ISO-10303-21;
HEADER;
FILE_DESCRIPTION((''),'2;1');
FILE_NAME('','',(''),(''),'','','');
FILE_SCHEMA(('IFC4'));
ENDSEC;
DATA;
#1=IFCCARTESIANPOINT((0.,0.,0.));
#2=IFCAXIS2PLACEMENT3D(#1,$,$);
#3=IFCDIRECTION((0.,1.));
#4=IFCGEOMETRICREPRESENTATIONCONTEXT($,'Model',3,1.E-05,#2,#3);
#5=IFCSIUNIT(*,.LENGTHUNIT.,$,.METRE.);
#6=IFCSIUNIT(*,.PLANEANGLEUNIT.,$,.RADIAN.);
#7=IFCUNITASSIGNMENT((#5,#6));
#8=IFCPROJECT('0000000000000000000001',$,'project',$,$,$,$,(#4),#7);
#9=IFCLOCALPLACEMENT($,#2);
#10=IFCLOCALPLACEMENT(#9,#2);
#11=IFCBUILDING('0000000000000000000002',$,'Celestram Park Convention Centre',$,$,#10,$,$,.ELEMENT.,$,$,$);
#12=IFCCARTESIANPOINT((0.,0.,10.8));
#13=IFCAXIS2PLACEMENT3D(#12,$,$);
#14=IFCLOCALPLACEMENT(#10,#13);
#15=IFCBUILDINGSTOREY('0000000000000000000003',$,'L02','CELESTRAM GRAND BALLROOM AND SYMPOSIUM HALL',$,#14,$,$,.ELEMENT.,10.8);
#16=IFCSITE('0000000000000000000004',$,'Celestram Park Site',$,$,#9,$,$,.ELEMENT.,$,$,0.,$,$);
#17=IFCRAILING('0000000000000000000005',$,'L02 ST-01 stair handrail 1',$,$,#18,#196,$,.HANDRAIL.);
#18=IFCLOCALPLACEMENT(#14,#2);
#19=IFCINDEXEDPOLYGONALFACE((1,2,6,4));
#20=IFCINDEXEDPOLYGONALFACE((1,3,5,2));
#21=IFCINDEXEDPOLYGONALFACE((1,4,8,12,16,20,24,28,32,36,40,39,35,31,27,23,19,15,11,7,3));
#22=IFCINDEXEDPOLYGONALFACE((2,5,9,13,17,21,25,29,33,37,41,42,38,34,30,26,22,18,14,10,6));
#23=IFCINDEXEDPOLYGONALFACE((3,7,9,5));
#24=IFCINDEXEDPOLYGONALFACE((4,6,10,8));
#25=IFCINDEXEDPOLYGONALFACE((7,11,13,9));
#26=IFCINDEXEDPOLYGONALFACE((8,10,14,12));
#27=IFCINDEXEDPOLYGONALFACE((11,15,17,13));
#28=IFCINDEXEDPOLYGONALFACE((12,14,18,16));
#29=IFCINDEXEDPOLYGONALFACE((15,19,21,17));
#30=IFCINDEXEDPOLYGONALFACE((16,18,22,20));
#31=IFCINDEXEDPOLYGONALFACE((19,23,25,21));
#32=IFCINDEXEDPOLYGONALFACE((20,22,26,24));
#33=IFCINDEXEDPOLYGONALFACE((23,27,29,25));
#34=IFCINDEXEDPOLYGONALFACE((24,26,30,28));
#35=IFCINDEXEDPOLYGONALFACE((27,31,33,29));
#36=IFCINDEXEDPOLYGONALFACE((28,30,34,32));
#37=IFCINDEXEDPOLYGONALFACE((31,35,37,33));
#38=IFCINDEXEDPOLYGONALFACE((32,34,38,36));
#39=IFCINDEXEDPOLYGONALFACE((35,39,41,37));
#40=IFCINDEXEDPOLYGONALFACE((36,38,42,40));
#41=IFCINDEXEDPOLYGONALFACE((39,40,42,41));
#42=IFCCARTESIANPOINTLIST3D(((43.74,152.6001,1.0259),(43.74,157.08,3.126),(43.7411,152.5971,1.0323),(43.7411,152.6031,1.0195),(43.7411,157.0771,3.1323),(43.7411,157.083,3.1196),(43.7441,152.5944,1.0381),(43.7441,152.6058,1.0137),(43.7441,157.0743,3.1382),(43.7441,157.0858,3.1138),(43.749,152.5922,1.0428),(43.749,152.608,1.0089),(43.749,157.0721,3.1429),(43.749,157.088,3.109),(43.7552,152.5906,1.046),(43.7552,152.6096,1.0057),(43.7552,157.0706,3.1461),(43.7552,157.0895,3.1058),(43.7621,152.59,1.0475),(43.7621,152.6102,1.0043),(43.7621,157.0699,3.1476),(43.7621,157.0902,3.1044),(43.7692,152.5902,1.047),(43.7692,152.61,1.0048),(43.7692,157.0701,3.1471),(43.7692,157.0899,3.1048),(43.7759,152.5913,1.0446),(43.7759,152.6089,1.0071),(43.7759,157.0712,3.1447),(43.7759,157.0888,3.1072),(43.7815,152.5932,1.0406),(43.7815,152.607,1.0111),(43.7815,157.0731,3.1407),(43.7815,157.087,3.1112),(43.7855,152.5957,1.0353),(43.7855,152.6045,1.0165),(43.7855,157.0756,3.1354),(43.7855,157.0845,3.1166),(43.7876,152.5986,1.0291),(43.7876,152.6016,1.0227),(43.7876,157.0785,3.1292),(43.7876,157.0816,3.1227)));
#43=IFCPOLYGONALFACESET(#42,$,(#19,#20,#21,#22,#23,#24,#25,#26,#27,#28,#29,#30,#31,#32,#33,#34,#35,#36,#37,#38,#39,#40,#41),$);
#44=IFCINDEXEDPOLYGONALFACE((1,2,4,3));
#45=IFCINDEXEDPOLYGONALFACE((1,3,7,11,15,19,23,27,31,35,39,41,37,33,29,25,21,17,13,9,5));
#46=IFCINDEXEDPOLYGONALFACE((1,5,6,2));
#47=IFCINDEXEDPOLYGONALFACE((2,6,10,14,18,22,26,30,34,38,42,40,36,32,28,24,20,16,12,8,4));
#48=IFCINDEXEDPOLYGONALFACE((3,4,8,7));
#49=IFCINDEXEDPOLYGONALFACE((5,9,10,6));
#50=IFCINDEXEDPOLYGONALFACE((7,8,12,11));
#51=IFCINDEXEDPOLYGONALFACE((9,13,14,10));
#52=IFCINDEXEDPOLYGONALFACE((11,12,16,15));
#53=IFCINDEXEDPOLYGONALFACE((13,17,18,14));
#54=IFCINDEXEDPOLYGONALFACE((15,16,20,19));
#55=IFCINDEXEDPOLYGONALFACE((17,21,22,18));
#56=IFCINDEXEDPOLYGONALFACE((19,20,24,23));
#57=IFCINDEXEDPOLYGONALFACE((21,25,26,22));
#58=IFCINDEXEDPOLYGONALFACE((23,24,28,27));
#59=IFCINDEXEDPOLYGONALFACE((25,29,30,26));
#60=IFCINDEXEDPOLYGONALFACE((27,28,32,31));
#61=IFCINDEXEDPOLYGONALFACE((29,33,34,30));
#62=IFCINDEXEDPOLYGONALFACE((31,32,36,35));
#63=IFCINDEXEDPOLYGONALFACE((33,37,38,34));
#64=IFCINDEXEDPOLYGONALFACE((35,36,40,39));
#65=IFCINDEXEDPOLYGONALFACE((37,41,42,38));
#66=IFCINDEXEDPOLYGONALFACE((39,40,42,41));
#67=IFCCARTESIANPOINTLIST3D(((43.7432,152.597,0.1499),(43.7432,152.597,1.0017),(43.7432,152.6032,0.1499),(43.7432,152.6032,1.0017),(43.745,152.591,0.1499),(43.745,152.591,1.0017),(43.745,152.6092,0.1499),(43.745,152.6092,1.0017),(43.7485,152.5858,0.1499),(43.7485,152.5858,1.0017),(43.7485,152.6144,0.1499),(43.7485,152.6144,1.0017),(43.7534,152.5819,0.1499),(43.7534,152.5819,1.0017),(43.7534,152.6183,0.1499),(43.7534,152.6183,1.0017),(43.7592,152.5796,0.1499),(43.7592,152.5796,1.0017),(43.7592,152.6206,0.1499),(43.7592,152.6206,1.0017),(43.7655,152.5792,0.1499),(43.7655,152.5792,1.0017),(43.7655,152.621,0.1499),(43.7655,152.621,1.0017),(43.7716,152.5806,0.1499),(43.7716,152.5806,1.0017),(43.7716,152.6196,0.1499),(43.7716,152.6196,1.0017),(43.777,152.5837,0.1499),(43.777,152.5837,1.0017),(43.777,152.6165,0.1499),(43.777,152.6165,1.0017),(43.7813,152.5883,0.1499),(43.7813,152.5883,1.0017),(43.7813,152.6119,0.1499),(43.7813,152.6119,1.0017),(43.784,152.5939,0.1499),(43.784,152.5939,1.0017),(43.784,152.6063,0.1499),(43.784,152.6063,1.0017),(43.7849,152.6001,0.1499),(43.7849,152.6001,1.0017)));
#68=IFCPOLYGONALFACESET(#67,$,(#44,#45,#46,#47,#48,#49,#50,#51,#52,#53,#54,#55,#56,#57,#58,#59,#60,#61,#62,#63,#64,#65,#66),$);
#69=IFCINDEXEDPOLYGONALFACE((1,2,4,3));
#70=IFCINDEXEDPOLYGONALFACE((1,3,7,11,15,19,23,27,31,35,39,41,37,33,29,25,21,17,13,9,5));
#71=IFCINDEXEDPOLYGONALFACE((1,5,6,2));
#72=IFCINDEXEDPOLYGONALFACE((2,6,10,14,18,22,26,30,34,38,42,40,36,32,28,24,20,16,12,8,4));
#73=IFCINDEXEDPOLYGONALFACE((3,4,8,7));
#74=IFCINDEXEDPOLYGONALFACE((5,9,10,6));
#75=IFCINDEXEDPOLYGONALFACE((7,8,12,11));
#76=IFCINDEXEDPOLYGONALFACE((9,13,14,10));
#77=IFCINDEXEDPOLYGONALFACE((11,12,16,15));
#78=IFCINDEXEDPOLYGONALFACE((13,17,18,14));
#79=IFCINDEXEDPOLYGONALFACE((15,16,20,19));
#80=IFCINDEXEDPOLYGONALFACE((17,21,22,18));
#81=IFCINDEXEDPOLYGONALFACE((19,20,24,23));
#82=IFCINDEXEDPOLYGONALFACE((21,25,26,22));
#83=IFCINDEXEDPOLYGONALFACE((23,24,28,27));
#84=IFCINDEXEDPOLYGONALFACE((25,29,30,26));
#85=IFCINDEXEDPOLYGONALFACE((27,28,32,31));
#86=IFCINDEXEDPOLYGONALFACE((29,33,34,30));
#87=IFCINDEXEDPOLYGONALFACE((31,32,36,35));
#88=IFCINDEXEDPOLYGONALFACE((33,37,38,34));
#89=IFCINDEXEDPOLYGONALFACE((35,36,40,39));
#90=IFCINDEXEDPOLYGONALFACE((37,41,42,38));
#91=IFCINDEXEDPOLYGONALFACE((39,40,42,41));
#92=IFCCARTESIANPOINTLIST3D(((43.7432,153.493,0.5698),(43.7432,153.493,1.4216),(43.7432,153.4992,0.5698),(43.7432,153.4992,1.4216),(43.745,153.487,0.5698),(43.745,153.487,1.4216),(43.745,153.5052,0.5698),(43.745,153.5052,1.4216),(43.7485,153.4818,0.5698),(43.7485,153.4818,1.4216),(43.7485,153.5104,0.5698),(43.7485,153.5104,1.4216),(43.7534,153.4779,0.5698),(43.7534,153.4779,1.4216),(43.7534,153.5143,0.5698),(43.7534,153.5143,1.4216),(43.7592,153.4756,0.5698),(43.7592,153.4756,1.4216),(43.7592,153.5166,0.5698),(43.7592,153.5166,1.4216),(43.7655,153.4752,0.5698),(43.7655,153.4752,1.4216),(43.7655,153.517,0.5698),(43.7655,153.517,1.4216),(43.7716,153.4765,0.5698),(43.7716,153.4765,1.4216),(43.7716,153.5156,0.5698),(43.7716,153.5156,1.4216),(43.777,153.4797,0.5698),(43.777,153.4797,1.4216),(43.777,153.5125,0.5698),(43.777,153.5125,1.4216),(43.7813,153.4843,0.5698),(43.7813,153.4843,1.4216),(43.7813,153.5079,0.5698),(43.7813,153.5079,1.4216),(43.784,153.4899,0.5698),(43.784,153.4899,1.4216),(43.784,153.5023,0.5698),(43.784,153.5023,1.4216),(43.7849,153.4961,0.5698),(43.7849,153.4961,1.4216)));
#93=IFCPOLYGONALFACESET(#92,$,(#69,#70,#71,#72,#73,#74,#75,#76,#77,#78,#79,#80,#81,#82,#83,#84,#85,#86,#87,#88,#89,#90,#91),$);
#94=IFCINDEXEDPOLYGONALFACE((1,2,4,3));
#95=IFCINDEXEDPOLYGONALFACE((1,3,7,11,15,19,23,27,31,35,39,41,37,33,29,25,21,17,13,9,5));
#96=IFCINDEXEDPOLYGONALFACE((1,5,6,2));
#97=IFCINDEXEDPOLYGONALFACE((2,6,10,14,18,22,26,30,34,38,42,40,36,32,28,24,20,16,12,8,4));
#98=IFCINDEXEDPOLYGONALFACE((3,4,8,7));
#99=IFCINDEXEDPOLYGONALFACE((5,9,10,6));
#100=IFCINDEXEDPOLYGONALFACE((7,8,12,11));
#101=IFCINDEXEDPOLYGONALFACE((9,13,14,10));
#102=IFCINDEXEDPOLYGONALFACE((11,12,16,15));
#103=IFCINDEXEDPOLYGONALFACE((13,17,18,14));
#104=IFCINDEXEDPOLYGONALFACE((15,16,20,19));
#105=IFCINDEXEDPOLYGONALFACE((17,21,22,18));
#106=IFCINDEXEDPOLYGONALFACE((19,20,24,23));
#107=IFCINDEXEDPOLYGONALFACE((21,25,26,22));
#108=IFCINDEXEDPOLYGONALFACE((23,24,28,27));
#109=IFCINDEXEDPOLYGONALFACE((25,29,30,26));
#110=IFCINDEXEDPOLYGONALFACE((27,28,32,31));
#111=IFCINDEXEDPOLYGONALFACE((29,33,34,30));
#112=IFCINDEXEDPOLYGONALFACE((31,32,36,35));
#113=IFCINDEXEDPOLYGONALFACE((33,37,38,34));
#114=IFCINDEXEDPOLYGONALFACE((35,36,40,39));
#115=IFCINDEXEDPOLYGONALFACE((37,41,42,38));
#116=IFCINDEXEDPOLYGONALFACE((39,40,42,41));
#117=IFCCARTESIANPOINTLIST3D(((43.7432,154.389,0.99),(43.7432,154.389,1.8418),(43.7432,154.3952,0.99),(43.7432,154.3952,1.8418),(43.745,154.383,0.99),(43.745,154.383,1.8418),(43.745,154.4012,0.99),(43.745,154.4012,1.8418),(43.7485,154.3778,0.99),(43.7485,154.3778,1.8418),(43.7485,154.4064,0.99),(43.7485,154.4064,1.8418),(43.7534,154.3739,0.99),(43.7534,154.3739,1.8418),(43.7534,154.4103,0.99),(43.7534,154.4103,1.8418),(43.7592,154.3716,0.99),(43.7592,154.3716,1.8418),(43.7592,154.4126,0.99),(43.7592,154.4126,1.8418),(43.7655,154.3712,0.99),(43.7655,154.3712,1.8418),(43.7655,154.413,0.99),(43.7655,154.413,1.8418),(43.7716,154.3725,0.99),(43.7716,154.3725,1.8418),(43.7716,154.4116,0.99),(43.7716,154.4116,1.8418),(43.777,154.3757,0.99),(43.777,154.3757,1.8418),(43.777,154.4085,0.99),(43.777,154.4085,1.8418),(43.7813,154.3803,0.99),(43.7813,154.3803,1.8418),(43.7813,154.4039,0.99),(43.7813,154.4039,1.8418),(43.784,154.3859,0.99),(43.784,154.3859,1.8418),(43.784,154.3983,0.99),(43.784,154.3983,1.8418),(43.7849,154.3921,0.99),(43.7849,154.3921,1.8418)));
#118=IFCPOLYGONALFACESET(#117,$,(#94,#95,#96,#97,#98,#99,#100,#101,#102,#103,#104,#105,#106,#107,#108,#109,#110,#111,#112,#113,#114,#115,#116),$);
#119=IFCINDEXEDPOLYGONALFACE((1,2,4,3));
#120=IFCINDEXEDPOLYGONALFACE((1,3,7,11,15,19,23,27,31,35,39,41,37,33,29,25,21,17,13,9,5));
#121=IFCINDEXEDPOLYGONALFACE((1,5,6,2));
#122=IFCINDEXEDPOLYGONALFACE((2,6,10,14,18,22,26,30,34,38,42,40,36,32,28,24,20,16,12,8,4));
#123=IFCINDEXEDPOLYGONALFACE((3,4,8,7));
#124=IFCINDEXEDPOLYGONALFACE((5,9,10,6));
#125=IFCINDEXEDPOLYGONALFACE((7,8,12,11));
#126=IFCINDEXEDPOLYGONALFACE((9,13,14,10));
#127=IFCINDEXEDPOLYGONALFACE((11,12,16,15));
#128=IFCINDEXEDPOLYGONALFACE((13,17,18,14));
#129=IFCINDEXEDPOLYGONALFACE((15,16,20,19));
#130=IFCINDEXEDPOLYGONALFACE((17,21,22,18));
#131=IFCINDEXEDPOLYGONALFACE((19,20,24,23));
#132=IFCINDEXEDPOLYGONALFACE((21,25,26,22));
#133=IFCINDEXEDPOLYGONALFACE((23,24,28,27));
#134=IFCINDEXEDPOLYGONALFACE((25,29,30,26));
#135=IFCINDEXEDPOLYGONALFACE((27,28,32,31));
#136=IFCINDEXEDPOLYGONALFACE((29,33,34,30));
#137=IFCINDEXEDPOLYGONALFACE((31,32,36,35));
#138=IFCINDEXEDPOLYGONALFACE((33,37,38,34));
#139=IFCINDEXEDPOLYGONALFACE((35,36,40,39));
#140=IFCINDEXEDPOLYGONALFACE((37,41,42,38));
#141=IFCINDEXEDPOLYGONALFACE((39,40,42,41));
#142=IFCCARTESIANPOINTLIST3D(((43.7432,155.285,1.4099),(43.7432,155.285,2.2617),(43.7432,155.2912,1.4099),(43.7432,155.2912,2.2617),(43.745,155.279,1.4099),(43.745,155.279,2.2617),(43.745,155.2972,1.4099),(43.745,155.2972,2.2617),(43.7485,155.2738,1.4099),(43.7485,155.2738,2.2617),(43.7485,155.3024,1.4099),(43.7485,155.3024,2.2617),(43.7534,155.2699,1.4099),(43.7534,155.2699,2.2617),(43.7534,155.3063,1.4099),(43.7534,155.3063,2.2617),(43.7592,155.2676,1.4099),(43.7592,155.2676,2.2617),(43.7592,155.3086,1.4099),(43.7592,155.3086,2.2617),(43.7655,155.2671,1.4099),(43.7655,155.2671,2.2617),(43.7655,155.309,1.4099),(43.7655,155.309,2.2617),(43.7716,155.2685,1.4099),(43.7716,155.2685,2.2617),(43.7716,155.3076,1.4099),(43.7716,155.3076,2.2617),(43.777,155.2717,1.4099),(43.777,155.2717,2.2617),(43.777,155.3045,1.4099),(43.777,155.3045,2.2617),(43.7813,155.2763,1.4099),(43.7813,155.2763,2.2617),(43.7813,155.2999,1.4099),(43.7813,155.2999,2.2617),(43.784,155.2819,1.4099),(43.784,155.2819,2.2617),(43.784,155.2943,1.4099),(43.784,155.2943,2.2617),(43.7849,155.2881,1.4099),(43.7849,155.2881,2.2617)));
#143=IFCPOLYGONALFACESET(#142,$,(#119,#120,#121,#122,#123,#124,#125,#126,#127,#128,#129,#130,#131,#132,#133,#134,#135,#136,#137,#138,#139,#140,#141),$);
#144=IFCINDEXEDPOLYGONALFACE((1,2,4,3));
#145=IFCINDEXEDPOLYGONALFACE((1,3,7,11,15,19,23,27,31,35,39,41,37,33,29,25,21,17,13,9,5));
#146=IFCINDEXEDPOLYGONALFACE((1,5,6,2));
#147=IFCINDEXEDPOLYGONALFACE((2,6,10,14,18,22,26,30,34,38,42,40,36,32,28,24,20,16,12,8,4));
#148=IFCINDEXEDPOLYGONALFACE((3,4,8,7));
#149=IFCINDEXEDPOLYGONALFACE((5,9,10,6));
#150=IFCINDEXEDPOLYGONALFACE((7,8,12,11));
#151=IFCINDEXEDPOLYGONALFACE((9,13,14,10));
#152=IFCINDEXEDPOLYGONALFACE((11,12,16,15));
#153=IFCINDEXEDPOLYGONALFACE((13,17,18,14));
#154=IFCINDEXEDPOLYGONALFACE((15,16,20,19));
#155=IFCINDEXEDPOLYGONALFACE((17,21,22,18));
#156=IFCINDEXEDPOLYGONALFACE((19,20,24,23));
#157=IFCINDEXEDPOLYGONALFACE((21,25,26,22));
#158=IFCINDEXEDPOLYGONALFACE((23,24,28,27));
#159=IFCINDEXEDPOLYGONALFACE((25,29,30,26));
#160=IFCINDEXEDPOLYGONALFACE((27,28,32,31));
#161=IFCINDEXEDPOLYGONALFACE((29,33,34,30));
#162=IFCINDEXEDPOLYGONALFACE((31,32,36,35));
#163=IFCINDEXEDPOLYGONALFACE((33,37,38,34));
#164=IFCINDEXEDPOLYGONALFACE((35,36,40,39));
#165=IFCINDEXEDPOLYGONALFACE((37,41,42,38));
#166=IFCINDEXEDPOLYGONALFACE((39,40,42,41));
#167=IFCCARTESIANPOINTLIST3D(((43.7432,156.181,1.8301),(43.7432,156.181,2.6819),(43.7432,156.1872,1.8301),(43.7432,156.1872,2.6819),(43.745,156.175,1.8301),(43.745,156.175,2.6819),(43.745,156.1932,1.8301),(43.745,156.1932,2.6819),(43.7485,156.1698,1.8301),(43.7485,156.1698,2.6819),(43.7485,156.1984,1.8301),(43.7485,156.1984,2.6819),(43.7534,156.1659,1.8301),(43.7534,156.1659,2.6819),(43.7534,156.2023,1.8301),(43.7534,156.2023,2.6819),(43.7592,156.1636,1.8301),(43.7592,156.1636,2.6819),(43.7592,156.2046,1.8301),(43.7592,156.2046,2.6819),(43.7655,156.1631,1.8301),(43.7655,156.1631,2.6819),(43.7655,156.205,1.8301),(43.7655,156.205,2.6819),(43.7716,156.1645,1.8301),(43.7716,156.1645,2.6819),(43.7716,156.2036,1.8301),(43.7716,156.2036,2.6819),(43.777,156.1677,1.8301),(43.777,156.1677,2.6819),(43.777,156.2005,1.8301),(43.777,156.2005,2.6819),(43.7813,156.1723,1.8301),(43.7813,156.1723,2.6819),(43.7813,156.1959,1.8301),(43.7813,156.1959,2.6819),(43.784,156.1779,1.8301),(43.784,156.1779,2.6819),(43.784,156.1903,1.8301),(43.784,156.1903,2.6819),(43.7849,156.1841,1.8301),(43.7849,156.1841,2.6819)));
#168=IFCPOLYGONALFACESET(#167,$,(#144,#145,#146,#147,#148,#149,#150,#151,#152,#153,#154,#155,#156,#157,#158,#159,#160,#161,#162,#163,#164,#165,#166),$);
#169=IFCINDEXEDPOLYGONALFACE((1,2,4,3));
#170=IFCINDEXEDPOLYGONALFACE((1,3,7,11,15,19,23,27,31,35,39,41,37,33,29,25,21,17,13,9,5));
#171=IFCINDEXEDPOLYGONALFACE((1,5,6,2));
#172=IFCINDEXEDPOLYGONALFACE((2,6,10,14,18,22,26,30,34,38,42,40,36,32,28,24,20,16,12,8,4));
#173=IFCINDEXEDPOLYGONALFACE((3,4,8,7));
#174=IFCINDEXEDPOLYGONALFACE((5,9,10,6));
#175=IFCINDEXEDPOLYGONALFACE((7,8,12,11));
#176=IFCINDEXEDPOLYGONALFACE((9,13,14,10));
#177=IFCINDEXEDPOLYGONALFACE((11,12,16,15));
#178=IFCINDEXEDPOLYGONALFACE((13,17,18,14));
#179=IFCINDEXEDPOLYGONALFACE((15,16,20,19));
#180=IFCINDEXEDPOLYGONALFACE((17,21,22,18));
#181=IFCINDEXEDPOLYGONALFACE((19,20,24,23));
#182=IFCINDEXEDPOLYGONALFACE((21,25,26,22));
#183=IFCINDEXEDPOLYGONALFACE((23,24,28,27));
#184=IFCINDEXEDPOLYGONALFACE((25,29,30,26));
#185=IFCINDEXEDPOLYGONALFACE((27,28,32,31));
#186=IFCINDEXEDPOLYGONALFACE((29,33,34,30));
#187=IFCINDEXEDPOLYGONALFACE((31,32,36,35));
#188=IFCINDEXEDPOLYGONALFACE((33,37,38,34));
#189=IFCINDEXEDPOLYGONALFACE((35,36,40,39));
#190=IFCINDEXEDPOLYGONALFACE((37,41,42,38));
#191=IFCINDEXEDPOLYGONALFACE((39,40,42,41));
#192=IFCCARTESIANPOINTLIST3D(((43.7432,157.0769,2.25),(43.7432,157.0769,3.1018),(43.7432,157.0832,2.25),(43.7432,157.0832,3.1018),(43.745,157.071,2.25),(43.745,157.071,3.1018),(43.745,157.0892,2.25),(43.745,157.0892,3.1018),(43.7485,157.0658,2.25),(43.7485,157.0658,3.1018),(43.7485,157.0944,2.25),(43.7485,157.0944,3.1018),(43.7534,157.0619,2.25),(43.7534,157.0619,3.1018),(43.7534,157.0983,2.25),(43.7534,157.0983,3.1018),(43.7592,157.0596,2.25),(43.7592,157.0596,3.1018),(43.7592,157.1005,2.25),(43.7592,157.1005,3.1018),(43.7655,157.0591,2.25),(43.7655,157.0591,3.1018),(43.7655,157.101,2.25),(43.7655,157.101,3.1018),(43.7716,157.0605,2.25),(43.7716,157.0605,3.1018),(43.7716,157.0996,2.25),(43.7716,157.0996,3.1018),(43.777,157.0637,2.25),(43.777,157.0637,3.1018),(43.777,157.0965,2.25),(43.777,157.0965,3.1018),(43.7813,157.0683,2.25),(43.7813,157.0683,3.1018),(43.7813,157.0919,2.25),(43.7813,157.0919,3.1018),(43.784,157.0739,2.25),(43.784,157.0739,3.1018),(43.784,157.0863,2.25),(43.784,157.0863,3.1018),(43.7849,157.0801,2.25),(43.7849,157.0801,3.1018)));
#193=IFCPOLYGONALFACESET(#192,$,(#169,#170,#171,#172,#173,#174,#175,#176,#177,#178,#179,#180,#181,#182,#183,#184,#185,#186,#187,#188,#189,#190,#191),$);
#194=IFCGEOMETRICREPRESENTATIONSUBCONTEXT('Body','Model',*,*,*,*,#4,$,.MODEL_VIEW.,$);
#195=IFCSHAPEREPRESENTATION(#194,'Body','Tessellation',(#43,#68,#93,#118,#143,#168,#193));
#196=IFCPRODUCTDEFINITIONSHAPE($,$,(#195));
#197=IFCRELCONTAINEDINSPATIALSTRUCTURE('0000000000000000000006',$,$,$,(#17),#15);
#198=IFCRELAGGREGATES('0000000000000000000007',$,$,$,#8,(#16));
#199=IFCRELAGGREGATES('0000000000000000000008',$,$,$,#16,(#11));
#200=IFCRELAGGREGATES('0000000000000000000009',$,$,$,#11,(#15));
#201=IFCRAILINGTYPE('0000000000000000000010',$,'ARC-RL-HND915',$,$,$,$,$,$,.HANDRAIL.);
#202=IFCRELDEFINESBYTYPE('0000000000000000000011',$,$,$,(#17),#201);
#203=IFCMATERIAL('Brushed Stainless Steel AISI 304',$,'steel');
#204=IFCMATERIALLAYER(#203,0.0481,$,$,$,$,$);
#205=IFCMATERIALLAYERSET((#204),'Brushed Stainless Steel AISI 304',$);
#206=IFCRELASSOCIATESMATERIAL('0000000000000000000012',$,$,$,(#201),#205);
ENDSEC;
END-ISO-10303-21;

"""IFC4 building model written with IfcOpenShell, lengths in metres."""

from ifc_helpers import new_model, si_unit, direction, frame, origin, origin_2d, place, context, subcontext, project, spatial, circle, extrude, material, layer, layer_set, type_object, element, save


model = new_model("IFC4")

# Units and contexts
model_context = context("Model", 3, precision=1e-05, world=origin(), true_north=direction((0.0, 1.0)))
body_context = subcontext(model_context, "Body", "Model", "MODEL_VIEW")
ifc_project = project(units=[si_unit("LENGTHUNIT", "METRE"), si_unit("PLANEANGLEUNIT", "RADIAN")], contexts=[model_context])

# Site, building, storey
site_placement = place(None, origin())
site = spatial("IfcSite", under=ifc_project, at=site_placement, Name="Celestram Park Site", CompositionType="ELEMENT", RefElevation=0.0)
building_placement = place(site_placement, origin())
building = spatial("IfcBuilding", under=site, at=building_placement, Name="Celestram Park Convention Centre", CompositionType="ELEMENT")
storey_placement = place(building_placement, frame((0.0, 0.0, 10.8)))
storey = spatial("IfcBuildingStorey", under=building, at=storey_placement, Name="L02", Description="CELESTRAM GRAND BALLROOM AND SYMPOSIUM HALL", CompositionType="ELEMENT", Elevation=10.8)

# Shared definitions
ifc_material_1 = material(Name="Brushed Stainless Steel AISI 304", Category="steel")

# Railing
ifc_layer_1 = layer(ifc_material_1, 0.0481)
ifc_layer_set_1 = layer_set([ifc_layer_1], Name="Brushed Stainless Steel AISI 304")
railing_type_1 = type_object("IfcRailingType", Name="ARC-RL-HND915", PredefinedType="HANDRAIL", material=ifc_layer_set_1)
railing_1_placement = place(storey_placement, frame((43.7639, 152.6001, 0.1499)))
element("IfcRailing", 1, at=railing_1_placement, inside=storey, type_object=railing_type_1, Name="L02 ST-01 stair handrail 1", PredefinedType="HANDRAIL", context=body_context, shape_type="SweptSolid", body=[
    extrude(circle(Radius=0.0239, at=origin_2d()), frame((0.0, 0.0, 0.876), z_axis=(0.0, 0.905451, 0.424452), x_axis=(-1.0, 0.0, 0.0)), (0.0, 0.0, 1.0), 4.9478),
    extrude(circle(Radius=0.021, at=origin_2d()), origin(), (0.0, 0.0, 1.0), 0.8518),
    extrude(circle(Radius=0.021, at=origin_2d()), frame((0.0, 0.896, 0.4199)), (0.0, 0.0, 1.0), 0.8518),
    extrude(circle(Radius=0.021, at=origin_2d()), frame((0.0, 1.792, 0.8401)), (0.0, 0.0, 1.0), 0.8518),
    extrude(circle(Radius=0.021, at=origin_2d()), frame((0.0, 2.688, 1.26)), (0.0, 0.0, 1.0), 0.8518),
    extrude(circle(Radius=0.021, at=origin_2d()), frame((0.0, 3.584, 1.6802)), (0.0, 0.0, 1.0), 0.8518),
    extrude(circle(Radius=0.021, at=origin_2d()), frame((0.0, 4.48, 2.1001)), (0.0, 0.0, 1.0), 0.8518),
])

save(model, "model.ifc")
